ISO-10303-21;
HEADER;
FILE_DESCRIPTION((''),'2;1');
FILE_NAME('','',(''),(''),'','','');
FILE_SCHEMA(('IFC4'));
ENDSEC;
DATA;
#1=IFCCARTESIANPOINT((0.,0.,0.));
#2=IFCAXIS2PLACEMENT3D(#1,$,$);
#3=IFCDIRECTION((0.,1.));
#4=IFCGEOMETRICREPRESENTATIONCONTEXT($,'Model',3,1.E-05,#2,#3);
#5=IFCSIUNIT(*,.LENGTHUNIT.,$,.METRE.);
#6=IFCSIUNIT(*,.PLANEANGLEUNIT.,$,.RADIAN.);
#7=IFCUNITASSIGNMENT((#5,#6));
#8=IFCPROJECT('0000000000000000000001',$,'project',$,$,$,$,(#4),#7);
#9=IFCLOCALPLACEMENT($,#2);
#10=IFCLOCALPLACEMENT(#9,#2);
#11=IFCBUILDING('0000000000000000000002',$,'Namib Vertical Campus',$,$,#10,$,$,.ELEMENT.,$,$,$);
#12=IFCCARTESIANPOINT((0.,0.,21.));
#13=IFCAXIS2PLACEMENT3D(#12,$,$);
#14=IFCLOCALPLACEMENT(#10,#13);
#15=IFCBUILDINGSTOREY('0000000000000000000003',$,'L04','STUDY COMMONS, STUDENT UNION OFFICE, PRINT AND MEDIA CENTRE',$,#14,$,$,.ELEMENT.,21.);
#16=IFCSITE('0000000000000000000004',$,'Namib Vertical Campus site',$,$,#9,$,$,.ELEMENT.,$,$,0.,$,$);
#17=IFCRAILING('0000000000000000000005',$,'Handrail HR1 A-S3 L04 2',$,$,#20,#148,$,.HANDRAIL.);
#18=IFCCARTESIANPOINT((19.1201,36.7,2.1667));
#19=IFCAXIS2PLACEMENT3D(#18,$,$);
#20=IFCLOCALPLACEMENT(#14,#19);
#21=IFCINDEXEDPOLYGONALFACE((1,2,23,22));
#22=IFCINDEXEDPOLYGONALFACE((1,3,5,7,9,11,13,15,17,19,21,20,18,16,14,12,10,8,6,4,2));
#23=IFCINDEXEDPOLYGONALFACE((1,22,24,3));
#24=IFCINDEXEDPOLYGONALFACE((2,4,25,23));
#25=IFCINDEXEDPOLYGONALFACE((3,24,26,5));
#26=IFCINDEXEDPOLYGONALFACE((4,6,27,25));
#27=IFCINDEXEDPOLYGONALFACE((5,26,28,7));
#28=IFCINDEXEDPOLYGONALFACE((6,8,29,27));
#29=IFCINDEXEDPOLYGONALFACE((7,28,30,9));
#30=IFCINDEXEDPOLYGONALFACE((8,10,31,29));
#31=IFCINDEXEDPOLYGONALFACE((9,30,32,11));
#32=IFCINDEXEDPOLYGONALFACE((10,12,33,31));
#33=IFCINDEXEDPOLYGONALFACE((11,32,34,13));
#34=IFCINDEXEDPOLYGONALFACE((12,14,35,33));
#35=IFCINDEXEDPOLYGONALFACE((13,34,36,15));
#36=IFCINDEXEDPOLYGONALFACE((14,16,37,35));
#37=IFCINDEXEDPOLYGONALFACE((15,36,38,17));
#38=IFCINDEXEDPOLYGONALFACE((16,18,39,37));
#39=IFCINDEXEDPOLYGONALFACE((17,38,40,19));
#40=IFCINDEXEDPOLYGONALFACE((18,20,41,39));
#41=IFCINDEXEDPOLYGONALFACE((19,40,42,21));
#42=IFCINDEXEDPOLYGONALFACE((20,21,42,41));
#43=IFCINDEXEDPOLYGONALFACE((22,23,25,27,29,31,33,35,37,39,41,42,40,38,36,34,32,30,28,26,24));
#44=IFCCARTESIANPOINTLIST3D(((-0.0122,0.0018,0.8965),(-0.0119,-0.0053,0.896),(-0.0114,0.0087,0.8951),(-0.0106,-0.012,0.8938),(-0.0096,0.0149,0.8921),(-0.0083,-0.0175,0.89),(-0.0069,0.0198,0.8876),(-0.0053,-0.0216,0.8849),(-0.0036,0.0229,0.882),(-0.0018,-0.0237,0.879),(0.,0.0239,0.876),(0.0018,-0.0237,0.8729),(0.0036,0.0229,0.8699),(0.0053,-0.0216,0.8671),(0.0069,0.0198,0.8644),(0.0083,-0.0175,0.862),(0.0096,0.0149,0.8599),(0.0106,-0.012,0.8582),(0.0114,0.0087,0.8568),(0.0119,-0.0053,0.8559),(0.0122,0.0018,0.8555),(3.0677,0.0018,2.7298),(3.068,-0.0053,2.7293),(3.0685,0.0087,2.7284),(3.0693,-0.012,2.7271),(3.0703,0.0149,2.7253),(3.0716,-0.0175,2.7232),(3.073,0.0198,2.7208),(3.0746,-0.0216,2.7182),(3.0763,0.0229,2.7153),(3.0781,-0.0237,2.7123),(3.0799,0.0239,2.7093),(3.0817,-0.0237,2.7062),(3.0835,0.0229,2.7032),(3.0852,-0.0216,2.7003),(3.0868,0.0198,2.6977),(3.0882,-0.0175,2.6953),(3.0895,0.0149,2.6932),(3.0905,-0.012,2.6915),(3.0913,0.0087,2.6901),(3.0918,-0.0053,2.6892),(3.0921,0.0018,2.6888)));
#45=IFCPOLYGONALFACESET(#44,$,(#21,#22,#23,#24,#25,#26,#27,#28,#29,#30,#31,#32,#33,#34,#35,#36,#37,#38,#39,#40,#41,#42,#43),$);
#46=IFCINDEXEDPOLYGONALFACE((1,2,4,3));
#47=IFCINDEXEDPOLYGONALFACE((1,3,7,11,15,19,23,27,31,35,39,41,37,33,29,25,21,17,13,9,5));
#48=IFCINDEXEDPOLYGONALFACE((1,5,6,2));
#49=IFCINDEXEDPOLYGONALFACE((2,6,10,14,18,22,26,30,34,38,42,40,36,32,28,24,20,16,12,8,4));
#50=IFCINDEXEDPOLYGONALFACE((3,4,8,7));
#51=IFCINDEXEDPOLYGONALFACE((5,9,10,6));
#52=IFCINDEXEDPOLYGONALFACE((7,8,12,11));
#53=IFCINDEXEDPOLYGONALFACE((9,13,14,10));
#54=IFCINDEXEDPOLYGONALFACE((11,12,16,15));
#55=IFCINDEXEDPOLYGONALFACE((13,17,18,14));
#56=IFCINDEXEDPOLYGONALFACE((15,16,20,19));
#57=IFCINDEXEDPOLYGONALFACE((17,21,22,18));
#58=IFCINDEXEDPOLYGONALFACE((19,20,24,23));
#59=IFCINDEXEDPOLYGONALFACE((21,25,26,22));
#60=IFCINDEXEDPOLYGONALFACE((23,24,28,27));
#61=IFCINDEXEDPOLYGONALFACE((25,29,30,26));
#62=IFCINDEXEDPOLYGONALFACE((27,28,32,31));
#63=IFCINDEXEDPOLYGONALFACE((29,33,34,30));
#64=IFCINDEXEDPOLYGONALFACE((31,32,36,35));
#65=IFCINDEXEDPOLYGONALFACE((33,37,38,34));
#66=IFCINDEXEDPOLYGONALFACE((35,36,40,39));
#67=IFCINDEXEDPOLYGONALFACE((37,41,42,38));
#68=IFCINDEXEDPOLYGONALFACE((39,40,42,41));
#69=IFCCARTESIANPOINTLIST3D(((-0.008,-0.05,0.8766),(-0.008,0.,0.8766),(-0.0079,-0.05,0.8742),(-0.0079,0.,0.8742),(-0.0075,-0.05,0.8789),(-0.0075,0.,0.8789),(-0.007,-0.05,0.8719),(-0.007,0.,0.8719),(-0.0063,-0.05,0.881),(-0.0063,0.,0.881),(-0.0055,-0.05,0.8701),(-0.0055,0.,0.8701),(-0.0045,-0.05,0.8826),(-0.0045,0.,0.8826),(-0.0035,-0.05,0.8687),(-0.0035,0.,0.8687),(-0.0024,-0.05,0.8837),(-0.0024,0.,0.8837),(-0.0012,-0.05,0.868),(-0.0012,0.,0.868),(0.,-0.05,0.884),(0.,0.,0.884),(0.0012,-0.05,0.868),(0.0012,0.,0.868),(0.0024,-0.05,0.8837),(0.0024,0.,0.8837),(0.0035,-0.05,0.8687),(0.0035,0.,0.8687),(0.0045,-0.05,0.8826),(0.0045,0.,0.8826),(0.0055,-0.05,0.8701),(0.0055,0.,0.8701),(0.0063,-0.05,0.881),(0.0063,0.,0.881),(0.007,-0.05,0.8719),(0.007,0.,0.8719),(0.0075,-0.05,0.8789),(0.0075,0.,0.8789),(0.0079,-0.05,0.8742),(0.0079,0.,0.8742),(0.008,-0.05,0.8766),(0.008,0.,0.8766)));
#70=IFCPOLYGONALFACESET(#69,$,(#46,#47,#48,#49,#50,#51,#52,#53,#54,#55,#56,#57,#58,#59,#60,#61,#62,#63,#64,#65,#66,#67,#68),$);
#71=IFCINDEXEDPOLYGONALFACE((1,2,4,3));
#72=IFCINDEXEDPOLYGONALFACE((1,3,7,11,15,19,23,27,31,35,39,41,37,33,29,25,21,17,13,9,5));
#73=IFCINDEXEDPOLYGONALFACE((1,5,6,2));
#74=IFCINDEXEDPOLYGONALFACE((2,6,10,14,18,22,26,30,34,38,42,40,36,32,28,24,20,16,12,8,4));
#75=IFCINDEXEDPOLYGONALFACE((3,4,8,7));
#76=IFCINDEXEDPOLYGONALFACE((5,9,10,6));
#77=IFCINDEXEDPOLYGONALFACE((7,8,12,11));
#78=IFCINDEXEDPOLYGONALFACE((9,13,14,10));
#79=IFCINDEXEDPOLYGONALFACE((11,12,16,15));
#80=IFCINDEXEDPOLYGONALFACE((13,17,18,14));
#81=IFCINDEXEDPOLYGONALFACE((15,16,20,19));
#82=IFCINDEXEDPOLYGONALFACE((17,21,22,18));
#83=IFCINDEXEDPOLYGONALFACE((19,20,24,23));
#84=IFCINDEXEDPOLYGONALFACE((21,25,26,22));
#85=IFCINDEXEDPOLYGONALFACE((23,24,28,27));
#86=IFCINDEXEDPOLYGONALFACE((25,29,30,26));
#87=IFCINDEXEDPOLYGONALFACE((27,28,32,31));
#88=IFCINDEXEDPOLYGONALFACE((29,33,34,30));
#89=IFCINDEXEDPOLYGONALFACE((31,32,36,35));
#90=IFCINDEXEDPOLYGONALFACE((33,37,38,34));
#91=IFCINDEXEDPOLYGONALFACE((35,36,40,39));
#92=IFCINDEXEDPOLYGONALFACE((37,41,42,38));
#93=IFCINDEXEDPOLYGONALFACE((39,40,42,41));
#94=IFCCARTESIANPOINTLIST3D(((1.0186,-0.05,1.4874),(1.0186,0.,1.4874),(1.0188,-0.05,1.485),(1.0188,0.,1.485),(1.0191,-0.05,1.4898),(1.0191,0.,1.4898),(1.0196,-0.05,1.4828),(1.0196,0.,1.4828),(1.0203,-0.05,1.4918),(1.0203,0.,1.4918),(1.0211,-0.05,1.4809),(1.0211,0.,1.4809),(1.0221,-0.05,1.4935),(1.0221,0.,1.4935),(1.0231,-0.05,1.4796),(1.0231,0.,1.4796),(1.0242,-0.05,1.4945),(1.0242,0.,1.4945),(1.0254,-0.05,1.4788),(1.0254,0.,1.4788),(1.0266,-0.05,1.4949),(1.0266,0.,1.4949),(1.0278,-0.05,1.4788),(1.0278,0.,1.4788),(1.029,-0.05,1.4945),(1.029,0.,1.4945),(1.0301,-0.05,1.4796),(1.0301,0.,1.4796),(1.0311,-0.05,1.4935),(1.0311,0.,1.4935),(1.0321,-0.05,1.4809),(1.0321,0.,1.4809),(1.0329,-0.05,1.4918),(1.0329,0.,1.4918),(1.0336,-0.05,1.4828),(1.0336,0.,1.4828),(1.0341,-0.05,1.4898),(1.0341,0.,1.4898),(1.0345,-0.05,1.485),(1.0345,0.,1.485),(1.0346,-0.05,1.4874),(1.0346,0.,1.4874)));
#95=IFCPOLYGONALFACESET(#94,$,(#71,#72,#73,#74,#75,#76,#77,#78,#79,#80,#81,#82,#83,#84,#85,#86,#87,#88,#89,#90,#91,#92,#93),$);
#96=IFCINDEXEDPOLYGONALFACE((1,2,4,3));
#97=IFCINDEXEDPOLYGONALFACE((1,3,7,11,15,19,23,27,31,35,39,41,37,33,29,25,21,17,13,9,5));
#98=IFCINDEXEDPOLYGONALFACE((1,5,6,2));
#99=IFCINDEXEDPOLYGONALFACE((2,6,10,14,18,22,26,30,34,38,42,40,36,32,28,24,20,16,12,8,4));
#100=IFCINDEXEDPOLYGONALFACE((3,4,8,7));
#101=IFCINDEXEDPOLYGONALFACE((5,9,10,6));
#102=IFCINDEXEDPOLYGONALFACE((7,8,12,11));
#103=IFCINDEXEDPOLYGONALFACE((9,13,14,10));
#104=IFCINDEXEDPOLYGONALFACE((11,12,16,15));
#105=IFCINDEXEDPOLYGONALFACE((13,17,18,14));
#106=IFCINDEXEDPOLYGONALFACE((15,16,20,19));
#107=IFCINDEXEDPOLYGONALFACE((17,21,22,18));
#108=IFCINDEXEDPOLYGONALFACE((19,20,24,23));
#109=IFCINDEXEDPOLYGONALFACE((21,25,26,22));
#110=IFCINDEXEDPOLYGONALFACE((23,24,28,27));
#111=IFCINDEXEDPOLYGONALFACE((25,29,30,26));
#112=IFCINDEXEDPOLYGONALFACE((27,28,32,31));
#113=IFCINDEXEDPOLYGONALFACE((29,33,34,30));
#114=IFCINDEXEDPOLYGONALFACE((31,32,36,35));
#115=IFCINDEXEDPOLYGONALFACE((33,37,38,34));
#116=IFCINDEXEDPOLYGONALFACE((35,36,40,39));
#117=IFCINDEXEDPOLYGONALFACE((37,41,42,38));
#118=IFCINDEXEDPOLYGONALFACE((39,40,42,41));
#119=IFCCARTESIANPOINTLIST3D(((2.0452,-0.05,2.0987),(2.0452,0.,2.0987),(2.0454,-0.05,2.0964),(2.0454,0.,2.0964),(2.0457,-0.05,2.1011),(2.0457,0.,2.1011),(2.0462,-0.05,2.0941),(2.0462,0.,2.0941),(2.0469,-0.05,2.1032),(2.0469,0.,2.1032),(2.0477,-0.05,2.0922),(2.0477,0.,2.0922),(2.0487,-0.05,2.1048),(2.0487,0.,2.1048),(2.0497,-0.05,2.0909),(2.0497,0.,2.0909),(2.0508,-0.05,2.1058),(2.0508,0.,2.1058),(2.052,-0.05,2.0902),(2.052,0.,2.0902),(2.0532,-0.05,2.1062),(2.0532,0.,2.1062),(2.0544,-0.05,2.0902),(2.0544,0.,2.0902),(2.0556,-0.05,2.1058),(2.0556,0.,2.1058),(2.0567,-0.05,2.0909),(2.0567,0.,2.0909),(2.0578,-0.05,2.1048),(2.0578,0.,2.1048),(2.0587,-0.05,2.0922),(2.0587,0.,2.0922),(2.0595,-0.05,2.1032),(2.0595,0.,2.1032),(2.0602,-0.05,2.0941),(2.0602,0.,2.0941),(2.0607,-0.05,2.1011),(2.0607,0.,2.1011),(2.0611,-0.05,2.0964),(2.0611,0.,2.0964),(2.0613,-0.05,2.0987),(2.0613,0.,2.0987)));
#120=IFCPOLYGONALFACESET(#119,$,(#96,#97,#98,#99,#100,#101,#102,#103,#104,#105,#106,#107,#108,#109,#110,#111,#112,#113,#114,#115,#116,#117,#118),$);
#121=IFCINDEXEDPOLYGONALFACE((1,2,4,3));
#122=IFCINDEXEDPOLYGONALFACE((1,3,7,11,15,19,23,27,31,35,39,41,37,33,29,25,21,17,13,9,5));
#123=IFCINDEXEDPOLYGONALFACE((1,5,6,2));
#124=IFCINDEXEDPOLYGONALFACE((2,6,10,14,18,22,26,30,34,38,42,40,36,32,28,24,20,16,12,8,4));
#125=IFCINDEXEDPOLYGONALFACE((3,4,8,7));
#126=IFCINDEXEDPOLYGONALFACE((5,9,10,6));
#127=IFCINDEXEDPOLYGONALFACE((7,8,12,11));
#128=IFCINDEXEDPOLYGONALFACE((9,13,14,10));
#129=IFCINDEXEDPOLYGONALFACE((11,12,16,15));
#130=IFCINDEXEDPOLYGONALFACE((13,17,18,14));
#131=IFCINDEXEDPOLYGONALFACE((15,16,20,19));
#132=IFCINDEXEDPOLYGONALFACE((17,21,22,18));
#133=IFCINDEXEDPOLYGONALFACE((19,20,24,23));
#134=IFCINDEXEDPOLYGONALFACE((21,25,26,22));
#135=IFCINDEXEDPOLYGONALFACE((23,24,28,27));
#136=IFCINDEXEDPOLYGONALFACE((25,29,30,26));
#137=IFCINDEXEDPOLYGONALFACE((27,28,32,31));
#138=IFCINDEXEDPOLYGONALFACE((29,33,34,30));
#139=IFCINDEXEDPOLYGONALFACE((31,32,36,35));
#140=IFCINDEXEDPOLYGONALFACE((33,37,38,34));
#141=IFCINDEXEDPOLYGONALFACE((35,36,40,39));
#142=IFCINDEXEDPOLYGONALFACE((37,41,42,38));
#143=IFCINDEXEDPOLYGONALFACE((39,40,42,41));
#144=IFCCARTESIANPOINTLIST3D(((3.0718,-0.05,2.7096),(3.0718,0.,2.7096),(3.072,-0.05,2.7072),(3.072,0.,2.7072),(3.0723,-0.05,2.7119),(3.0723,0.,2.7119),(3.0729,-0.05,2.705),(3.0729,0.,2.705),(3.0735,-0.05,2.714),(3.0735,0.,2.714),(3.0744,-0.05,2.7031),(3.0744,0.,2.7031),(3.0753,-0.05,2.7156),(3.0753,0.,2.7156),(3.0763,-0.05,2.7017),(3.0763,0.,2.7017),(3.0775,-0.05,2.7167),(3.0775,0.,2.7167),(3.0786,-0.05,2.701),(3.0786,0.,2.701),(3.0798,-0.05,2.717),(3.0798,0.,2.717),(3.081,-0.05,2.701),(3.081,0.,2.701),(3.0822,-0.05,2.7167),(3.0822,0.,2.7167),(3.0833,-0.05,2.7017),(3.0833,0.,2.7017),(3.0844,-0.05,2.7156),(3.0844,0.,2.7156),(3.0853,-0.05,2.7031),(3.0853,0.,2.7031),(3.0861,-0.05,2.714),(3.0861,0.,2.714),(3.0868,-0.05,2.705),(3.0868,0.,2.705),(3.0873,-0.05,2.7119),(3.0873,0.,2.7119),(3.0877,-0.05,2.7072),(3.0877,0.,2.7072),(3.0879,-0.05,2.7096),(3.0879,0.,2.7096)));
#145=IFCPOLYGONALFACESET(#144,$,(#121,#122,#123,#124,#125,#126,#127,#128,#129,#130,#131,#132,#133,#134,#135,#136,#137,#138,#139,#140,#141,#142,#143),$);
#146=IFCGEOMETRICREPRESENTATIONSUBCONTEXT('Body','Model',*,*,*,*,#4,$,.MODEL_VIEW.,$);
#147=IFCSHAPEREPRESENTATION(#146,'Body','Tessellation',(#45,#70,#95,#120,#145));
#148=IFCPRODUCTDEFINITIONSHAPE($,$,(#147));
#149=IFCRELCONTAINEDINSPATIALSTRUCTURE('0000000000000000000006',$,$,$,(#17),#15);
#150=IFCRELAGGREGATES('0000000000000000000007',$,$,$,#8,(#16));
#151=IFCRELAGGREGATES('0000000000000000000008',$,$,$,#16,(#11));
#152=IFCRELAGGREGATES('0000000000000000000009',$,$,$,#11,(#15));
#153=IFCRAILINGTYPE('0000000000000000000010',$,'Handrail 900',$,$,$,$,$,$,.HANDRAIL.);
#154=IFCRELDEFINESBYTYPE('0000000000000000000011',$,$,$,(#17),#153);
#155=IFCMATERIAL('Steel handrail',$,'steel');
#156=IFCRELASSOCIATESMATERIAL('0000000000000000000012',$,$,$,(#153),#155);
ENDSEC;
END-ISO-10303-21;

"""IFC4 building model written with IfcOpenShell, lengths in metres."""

from ifc_helpers import new_model, si_unit, direction, frame, origin, origin_2d, place, context, subcontext, project, spatial, circle, extrude, material, type_object, element, save


model = new_model("IFC4")

# Units and contexts
model_context = context("Model", 3, precision=1e-05, world=origin(), true_north=direction((0.0, 1.0)))
body_context = subcontext(model_context, "Body", "Model", "MODEL_VIEW")
ifc_project = project(units=[si_unit("LENGTHUNIT", "METRE"), si_unit("PLANEANGLEUNIT", "RADIAN")], contexts=[model_context])

# Site, building, storey
site_placement = place(None, origin())
site = spatial("IfcSite", under=ifc_project, at=site_placement, Name="Namib Vertical Campus site", CompositionType="ELEMENT", RefElevation=0.0)
building_placement = place(site_placement, origin())
building = spatial("IfcBuilding", under=site, at=building_placement, Name="Namib Vertical Campus", CompositionType="ELEMENT")
storey_placement = place(building_placement, frame((0.0, 0.0, 21.0)))
storey = spatial("IfcBuildingStorey", under=building, at=storey_placement, Name="L04", Description="STUDY COMMONS, STUDENT UNION OFFICE, PRINT AND MEDIA CENTRE", CompositionType="ELEMENT", Elevation=21.0)

# Railing
ifc_material_1 = material(Name="Steel handrail", Category="steel")
railing_type_1 = type_object("IfcRailingType", Name="Handrail 900", PredefinedType="HANDRAIL", material=ifc_material_1)
railing_1_placement = place(storey_placement, frame((19.1201, 36.7, 2.1667)))
element("IfcRailing", 1, at=railing_1_placement, inside=storey, type_object=railing_type_1, Name="Handrail HR1 A-S3 L04 2", PredefinedType="HANDRAIL", context=body_context, shape_type="SweptSolid", body=[
    extrude(circle(Radius=0.0239, at=origin_2d()), frame((0.0, 0.0, 0.876), z_axis=(0.859291, 0.0, 0.511487), x_axis=(0.0, 1.0, 0.0)), (0.0, 0.0, 1.0), 3.5842),
    extrude(circle(Radius=0.0081, at=origin_2d()), frame((0.0, 0.0, 0.876), z_axis=(0.0, -1.0, 0.0), x_axis=(0.0, 0.0, 1.0)), (0.0, 0.0, 1.0), 0.05),
    extrude(circle(Radius=0.0081, at=origin_2d()), frame((1.0266, 0.0, 1.4868), z_axis=(0.0, -1.0, 0.0), x_axis=(0.0, 0.0, 1.0)), (0.0, 0.0, 1.0), 0.05),
    extrude(circle(Radius=0.0081, at=origin_2d()), frame((2.0532, 0.0, 2.0981), z_axis=(0.0, -1.0, 0.0), x_axis=(0.0, 0.0, 1.0)), (0.0, 0.0, 1.0), 0.05),
    extrude(circle(Radius=0.0081, at=origin_2d()), frame((3.0798, 0.0, 2.709), z_axis=(0.0, -1.0, 0.0), x_axis=(0.0, 0.0, 1.0)), (0.0, 0.0, 1.0), 0.05),
])

save(model, "model.ifc")
